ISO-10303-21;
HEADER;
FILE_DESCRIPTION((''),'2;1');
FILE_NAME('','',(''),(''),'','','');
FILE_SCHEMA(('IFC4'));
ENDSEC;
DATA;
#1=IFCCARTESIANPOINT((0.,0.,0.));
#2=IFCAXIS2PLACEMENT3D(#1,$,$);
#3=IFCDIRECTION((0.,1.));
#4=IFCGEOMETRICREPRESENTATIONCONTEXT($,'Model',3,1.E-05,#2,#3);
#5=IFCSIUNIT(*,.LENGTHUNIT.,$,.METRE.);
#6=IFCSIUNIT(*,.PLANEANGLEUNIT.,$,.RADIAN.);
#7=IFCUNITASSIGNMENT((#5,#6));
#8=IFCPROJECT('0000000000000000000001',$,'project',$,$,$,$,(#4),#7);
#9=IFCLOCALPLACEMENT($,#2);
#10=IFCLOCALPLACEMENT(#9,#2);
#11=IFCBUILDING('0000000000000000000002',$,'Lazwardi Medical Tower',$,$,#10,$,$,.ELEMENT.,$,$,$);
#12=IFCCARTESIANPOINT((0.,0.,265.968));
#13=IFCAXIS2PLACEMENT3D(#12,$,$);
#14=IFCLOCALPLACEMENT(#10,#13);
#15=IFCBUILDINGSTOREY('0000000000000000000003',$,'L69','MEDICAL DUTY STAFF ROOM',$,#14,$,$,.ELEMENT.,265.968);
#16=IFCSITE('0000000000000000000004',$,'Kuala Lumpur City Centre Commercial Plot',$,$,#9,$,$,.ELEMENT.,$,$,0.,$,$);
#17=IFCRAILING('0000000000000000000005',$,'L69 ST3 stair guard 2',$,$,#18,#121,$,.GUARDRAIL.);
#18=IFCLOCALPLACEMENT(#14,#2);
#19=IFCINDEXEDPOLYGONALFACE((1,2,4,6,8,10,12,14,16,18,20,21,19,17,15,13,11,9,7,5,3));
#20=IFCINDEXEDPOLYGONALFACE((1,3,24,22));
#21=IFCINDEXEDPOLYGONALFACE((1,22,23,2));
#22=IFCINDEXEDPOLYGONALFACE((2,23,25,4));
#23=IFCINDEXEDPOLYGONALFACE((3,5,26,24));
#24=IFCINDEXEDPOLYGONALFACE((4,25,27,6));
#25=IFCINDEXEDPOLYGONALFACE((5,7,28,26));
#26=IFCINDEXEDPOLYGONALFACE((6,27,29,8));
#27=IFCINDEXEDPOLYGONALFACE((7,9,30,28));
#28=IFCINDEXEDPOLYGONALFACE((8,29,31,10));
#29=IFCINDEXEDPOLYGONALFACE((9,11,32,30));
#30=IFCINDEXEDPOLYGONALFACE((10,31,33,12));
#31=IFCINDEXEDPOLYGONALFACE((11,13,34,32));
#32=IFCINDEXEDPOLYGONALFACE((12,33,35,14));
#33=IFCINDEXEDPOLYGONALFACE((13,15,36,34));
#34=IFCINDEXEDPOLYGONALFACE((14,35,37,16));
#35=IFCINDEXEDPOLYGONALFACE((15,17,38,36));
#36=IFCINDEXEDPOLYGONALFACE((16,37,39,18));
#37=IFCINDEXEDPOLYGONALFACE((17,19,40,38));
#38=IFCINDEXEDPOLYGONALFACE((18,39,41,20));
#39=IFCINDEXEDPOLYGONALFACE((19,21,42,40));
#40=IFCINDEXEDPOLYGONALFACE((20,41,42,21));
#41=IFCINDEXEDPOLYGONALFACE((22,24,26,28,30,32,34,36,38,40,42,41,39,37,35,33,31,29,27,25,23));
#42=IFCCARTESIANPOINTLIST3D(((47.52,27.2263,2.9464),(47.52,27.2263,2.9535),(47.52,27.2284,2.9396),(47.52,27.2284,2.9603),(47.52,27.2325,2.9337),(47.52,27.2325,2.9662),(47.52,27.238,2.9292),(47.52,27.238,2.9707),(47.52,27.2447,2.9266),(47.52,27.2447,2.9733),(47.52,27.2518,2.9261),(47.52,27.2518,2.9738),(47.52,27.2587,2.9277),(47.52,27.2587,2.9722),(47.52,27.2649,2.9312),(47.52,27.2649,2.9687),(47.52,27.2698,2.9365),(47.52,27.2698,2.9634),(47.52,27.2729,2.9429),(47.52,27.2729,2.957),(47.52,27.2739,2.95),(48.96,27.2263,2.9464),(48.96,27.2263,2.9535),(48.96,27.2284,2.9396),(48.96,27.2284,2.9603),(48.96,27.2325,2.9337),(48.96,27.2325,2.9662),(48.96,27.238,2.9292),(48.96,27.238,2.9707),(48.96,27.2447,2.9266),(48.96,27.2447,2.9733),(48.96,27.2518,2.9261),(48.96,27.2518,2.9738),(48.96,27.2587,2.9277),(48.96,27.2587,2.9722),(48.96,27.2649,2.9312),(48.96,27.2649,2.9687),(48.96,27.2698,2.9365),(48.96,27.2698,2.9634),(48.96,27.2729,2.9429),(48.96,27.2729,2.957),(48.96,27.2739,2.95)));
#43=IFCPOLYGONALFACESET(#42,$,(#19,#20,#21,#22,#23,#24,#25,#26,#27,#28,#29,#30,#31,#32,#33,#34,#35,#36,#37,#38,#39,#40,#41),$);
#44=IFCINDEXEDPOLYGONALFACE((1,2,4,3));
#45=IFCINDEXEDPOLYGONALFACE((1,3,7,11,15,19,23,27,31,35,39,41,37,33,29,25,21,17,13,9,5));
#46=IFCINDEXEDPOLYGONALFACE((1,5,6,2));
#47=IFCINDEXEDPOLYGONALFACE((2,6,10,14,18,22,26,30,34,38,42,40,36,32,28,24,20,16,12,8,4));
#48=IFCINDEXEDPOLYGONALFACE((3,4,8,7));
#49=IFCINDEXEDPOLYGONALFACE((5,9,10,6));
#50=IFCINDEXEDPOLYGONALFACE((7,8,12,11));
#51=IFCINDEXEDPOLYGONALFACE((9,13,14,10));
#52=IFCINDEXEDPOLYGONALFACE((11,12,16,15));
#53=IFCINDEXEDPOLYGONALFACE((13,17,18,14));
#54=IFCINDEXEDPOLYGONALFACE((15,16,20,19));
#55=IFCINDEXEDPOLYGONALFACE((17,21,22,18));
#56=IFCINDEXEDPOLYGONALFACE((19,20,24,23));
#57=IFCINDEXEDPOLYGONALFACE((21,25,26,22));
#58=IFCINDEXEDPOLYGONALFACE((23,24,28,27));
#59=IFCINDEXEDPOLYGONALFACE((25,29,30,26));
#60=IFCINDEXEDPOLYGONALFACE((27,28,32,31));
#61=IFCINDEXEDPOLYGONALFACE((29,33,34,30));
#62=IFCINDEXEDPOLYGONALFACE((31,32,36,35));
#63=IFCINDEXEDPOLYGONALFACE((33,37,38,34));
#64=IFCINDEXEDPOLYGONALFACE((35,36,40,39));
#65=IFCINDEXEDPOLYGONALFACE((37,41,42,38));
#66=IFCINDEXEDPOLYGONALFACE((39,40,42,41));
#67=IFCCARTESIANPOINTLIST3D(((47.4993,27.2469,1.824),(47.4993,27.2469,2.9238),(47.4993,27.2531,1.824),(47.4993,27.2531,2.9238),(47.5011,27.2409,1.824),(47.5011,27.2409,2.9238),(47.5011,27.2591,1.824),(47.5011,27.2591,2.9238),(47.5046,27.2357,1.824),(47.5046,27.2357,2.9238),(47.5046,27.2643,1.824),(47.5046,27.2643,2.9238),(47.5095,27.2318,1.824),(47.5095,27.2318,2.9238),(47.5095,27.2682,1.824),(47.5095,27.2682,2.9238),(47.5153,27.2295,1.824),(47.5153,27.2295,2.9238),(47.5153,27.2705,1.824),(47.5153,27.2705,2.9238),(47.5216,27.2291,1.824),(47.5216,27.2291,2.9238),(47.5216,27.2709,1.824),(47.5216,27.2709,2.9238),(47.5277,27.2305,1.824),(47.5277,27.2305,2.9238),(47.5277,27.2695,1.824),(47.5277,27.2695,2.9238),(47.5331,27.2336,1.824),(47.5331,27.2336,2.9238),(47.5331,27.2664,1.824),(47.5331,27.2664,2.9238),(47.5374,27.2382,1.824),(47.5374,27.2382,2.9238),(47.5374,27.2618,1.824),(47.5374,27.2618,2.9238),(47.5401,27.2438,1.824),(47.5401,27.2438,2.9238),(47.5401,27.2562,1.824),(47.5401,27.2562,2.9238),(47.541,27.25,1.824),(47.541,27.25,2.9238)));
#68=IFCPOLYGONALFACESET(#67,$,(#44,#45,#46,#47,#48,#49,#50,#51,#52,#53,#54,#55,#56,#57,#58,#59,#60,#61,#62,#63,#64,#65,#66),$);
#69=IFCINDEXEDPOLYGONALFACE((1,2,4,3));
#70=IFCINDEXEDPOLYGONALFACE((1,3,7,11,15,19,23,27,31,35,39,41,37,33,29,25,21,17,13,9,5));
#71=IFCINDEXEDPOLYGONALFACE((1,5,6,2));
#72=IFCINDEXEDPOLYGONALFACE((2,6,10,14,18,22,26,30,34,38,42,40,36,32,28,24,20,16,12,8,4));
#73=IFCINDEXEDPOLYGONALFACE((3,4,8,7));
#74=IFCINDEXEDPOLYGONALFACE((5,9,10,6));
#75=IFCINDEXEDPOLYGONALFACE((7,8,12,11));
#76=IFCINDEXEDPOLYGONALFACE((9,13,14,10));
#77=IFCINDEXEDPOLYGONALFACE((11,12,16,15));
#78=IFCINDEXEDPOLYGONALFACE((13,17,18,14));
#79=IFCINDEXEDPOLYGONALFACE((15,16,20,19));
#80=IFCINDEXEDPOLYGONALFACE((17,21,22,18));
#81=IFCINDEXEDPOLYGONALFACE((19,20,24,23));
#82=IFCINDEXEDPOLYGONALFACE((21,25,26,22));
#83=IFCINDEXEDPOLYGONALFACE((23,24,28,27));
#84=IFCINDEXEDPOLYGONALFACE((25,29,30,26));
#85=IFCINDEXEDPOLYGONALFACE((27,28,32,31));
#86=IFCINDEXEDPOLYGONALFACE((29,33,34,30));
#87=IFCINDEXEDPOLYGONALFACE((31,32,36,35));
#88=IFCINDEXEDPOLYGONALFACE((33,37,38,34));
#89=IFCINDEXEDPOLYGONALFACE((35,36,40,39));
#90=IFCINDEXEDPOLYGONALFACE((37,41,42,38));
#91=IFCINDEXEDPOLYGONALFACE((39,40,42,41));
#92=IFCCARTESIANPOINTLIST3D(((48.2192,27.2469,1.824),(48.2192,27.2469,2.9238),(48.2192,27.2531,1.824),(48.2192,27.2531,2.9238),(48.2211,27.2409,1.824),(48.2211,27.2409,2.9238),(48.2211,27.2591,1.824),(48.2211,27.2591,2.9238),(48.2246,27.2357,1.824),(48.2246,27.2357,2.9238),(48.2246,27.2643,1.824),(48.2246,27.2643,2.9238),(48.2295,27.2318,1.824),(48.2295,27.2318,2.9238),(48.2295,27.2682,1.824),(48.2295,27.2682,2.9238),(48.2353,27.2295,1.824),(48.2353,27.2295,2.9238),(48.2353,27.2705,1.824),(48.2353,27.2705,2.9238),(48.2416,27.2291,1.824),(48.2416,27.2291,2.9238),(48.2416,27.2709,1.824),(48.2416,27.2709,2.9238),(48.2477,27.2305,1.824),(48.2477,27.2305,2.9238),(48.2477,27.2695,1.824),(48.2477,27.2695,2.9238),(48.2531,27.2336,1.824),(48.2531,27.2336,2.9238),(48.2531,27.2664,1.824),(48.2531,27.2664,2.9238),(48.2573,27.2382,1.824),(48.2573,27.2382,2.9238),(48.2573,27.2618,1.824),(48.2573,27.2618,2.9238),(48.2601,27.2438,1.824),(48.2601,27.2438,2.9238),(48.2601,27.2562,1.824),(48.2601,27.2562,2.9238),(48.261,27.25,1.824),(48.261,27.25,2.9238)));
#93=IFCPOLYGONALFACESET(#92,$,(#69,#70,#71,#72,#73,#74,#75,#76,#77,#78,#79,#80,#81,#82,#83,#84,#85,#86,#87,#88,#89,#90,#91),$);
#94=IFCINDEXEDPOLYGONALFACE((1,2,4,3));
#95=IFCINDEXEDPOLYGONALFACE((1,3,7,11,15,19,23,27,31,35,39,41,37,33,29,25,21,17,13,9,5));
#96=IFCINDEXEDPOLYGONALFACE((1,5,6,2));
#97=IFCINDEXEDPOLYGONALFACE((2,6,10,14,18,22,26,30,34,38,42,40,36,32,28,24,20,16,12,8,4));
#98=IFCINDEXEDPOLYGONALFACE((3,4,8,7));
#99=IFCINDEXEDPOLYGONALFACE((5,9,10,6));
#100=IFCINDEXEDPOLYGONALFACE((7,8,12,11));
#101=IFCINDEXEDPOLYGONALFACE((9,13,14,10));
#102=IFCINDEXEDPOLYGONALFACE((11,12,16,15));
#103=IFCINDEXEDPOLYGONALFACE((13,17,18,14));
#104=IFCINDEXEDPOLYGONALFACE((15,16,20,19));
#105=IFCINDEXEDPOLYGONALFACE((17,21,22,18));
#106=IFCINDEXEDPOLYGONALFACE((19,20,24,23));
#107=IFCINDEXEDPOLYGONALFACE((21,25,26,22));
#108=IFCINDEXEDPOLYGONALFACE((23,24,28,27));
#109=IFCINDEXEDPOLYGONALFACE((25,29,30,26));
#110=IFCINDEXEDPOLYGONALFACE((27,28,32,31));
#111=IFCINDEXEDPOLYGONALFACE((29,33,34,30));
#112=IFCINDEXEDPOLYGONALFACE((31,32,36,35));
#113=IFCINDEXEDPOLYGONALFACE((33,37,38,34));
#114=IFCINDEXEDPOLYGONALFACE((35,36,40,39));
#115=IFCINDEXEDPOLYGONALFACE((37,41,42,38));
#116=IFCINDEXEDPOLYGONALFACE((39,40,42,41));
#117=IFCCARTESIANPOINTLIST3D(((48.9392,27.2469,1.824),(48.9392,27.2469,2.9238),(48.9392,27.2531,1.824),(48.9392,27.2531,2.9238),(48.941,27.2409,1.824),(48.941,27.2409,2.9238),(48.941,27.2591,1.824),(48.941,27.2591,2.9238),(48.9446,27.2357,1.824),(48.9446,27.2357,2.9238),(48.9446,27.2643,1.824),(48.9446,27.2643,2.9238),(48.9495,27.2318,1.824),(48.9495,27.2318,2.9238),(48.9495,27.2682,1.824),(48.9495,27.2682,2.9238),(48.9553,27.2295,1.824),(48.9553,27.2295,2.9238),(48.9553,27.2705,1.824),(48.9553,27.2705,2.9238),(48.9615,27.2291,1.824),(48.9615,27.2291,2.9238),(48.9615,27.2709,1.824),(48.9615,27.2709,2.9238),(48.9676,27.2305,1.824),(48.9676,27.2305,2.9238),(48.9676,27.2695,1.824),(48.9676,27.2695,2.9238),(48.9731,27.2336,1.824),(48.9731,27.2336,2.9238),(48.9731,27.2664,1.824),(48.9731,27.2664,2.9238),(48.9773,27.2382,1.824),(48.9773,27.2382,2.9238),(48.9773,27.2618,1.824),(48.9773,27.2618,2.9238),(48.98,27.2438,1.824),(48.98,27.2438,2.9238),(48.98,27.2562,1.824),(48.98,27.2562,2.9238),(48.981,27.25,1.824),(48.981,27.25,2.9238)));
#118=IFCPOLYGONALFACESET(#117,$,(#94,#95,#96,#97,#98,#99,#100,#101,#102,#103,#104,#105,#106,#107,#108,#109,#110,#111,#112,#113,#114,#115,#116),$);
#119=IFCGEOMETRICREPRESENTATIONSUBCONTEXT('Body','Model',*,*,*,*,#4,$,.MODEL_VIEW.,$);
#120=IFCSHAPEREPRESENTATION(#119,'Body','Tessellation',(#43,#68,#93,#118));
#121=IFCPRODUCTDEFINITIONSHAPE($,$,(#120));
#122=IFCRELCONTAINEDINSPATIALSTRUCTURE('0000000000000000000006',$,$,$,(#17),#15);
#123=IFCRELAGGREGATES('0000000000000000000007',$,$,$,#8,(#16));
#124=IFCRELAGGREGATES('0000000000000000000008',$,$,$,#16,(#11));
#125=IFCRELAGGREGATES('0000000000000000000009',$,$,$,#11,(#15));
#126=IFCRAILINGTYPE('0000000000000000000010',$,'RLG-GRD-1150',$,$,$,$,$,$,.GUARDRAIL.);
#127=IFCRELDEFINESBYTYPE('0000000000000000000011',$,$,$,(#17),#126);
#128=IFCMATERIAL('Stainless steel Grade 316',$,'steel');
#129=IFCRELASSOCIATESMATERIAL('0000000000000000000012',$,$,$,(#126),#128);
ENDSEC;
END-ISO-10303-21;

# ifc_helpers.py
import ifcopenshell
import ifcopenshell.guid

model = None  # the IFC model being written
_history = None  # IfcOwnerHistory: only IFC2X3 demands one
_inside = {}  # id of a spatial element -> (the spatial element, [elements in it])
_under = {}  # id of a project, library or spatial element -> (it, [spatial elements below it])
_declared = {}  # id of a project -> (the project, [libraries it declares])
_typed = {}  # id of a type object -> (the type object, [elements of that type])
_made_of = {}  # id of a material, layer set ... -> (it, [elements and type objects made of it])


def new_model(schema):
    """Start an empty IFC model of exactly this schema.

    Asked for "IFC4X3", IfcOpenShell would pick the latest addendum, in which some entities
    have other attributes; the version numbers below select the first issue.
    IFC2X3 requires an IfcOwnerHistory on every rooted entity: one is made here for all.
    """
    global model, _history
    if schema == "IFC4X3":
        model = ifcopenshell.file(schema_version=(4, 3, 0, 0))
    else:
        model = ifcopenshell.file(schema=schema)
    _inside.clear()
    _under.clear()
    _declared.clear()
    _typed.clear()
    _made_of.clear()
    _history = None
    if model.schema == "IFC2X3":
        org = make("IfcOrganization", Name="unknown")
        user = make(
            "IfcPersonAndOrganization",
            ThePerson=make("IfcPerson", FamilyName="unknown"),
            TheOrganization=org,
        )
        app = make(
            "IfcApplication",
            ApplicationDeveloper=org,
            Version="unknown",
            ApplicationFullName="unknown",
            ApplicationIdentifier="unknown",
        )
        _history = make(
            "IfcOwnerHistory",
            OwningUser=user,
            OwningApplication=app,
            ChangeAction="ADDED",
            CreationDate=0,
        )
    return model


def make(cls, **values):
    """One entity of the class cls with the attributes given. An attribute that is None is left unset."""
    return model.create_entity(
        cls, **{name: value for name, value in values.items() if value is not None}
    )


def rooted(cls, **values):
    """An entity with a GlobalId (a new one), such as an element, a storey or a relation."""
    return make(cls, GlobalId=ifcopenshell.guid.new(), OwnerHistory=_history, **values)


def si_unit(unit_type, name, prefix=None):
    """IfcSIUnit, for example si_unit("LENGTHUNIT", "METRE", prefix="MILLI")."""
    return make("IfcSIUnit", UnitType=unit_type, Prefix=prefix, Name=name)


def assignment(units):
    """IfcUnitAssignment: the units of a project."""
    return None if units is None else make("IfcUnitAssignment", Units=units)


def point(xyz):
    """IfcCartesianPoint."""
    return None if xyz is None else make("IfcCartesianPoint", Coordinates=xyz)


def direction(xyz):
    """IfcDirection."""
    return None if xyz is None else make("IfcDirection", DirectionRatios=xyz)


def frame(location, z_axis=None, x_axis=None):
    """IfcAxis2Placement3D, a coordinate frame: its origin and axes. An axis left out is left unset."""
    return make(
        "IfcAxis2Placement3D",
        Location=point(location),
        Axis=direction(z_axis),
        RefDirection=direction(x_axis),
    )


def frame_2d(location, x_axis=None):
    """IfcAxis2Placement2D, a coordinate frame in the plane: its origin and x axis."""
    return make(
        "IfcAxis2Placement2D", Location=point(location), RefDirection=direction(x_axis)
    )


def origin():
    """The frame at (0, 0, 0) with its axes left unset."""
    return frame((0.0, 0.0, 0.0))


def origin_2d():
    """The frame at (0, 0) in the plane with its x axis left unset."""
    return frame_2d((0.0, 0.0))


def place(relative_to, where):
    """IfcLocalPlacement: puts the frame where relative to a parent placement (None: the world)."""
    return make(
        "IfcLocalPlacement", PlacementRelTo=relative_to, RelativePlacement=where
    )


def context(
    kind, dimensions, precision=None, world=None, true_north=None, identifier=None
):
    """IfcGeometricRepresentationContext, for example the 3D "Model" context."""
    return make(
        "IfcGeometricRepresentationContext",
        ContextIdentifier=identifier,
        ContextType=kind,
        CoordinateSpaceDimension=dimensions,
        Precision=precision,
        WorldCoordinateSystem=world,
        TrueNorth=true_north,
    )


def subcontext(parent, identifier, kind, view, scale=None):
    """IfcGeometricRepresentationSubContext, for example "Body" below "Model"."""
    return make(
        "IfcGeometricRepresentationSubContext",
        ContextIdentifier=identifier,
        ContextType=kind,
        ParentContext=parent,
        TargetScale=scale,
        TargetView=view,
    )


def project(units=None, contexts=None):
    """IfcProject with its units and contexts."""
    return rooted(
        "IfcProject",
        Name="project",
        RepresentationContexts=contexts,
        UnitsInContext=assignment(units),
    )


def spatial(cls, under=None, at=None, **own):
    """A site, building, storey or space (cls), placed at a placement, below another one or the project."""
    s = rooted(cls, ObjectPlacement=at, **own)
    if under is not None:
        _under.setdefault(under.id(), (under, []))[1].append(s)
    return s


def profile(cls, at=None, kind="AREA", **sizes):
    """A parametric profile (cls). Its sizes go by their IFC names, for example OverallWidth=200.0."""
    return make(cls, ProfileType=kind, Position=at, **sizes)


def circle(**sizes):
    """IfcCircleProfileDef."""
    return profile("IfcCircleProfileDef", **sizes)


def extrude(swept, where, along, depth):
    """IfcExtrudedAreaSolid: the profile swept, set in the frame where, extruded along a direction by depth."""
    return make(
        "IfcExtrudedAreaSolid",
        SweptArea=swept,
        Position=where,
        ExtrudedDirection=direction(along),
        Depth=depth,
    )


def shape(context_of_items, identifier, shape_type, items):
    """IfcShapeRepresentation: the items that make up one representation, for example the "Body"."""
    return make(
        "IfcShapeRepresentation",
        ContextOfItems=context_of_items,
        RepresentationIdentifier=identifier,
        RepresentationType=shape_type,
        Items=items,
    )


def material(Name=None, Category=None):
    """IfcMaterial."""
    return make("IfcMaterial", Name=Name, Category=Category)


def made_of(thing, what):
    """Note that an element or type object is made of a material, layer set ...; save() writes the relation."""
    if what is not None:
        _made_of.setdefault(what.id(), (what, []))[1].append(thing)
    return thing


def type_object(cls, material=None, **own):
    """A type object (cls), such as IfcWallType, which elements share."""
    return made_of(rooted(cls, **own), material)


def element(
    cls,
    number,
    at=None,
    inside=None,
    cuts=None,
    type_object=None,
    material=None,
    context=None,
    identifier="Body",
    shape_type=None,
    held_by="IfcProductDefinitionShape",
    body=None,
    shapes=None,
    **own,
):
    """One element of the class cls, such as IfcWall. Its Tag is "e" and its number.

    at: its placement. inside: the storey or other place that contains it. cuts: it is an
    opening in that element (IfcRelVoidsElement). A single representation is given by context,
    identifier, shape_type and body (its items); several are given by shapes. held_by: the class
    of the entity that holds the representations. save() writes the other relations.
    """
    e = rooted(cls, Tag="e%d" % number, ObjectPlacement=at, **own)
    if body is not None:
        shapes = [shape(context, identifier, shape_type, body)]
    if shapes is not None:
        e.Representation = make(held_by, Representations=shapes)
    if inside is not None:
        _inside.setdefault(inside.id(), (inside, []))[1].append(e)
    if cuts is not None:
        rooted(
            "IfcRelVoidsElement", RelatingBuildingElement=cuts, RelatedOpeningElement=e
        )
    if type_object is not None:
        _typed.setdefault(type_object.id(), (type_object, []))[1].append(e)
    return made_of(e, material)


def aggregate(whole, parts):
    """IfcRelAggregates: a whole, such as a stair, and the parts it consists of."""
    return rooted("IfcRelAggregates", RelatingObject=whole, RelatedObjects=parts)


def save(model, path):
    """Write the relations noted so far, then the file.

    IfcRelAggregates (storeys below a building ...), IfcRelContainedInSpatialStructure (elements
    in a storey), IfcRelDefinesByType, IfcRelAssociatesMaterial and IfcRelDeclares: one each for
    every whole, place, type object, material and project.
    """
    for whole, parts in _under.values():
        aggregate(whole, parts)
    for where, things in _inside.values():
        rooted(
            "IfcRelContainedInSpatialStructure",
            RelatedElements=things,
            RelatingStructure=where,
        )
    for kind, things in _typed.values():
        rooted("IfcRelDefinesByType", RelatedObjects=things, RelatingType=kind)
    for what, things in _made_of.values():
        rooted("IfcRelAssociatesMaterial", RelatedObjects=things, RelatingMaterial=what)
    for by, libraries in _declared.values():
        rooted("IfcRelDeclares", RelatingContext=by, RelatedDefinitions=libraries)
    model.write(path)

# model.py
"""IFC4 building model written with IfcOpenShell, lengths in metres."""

from ifc_helpers import new_model, si_unit, direction, frame, origin, origin_2d, place, context, subcontext, project, spatial, circle, extrude, material, type_object, element, save


model = new_model("IFC4")

# Units and contexts
model_context = context("Model", 3, precision=1e-05, world=origin(), true_north=direction((0.0, 1.0)))
body_context = subcontext(model_context, "Body", "Model", "MODEL_VIEW")
ifc_project = project(units=[si_unit("LENGTHUNIT", "METRE"), si_unit("PLANEANGLEUNIT", "RADIAN")], contexts=[model_context])

# Site, building, storey
site_placement = place(None, origin())
site = spatial("IfcSite", under=ifc_project, at=site_placement, Name="Kuala Lumpur City Centre Commercial Plot", CompositionType="ELEMENT", RefElevation=0.0)
building_placement = place(site_placement, origin())
building = spatial("IfcBuilding", under=site, at=building_placement, Name="Lazwardi Medical Tower", CompositionType="ELEMENT")
storey_placement = place(building_placement, frame((0.0, 0.0, 265.968)))
storey = spatial("IfcBuildingStorey", under=building, at=storey_placement, Name="L69", Description="MEDICAL DUTY STAFF ROOM", CompositionType="ELEMENT", Elevation=265.968)

# Railing
ifc_material_1 = material(Name="Stainless steel Grade 316", Category="steel")
railing_type_1 = type_object("IfcRailingType", Name="RLG-GRD-1150", PredefinedType="GUARDRAIL", material=ifc_material_1)
railing_1_placement = place(storey_placement, frame((47.52, 27.25, 1.824)))
element("IfcRailing", 1, at=railing_1_placement, inside=storey, type_object=railing_type_1, Name="L69 ST3 stair guard 2", PredefinedType="GUARDRAIL", context=body_context, shape_type="SweptSolid", body=[
    extrude(circle(Radius=0.0239, at=origin_2d()), frame((0.0, 0.0, 1.126), z_axis=(1.0, 0.0, 0.0), x_axis=(0.0, 1.0, 0.0)), (0.0, 0.0, 1.0), 1.4399),
    extrude(circle(Radius=0.021, at=origin_2d()), origin(), (0.0, 0.0, 1.0), 1.0999),
    extrude(circle(Radius=0.021, at=origin_2d()), frame((0.72, 0.0, 0.0)), (0.0, 0.0, 1.0), 1.0999),
    extrude(circle(Radius=0.021, at=origin_2d()), frame((1.4399, 0.0, 0.0)), (0.0, 0.0, 1.0), 1.0999),
])

save(model, "model.ifc")
